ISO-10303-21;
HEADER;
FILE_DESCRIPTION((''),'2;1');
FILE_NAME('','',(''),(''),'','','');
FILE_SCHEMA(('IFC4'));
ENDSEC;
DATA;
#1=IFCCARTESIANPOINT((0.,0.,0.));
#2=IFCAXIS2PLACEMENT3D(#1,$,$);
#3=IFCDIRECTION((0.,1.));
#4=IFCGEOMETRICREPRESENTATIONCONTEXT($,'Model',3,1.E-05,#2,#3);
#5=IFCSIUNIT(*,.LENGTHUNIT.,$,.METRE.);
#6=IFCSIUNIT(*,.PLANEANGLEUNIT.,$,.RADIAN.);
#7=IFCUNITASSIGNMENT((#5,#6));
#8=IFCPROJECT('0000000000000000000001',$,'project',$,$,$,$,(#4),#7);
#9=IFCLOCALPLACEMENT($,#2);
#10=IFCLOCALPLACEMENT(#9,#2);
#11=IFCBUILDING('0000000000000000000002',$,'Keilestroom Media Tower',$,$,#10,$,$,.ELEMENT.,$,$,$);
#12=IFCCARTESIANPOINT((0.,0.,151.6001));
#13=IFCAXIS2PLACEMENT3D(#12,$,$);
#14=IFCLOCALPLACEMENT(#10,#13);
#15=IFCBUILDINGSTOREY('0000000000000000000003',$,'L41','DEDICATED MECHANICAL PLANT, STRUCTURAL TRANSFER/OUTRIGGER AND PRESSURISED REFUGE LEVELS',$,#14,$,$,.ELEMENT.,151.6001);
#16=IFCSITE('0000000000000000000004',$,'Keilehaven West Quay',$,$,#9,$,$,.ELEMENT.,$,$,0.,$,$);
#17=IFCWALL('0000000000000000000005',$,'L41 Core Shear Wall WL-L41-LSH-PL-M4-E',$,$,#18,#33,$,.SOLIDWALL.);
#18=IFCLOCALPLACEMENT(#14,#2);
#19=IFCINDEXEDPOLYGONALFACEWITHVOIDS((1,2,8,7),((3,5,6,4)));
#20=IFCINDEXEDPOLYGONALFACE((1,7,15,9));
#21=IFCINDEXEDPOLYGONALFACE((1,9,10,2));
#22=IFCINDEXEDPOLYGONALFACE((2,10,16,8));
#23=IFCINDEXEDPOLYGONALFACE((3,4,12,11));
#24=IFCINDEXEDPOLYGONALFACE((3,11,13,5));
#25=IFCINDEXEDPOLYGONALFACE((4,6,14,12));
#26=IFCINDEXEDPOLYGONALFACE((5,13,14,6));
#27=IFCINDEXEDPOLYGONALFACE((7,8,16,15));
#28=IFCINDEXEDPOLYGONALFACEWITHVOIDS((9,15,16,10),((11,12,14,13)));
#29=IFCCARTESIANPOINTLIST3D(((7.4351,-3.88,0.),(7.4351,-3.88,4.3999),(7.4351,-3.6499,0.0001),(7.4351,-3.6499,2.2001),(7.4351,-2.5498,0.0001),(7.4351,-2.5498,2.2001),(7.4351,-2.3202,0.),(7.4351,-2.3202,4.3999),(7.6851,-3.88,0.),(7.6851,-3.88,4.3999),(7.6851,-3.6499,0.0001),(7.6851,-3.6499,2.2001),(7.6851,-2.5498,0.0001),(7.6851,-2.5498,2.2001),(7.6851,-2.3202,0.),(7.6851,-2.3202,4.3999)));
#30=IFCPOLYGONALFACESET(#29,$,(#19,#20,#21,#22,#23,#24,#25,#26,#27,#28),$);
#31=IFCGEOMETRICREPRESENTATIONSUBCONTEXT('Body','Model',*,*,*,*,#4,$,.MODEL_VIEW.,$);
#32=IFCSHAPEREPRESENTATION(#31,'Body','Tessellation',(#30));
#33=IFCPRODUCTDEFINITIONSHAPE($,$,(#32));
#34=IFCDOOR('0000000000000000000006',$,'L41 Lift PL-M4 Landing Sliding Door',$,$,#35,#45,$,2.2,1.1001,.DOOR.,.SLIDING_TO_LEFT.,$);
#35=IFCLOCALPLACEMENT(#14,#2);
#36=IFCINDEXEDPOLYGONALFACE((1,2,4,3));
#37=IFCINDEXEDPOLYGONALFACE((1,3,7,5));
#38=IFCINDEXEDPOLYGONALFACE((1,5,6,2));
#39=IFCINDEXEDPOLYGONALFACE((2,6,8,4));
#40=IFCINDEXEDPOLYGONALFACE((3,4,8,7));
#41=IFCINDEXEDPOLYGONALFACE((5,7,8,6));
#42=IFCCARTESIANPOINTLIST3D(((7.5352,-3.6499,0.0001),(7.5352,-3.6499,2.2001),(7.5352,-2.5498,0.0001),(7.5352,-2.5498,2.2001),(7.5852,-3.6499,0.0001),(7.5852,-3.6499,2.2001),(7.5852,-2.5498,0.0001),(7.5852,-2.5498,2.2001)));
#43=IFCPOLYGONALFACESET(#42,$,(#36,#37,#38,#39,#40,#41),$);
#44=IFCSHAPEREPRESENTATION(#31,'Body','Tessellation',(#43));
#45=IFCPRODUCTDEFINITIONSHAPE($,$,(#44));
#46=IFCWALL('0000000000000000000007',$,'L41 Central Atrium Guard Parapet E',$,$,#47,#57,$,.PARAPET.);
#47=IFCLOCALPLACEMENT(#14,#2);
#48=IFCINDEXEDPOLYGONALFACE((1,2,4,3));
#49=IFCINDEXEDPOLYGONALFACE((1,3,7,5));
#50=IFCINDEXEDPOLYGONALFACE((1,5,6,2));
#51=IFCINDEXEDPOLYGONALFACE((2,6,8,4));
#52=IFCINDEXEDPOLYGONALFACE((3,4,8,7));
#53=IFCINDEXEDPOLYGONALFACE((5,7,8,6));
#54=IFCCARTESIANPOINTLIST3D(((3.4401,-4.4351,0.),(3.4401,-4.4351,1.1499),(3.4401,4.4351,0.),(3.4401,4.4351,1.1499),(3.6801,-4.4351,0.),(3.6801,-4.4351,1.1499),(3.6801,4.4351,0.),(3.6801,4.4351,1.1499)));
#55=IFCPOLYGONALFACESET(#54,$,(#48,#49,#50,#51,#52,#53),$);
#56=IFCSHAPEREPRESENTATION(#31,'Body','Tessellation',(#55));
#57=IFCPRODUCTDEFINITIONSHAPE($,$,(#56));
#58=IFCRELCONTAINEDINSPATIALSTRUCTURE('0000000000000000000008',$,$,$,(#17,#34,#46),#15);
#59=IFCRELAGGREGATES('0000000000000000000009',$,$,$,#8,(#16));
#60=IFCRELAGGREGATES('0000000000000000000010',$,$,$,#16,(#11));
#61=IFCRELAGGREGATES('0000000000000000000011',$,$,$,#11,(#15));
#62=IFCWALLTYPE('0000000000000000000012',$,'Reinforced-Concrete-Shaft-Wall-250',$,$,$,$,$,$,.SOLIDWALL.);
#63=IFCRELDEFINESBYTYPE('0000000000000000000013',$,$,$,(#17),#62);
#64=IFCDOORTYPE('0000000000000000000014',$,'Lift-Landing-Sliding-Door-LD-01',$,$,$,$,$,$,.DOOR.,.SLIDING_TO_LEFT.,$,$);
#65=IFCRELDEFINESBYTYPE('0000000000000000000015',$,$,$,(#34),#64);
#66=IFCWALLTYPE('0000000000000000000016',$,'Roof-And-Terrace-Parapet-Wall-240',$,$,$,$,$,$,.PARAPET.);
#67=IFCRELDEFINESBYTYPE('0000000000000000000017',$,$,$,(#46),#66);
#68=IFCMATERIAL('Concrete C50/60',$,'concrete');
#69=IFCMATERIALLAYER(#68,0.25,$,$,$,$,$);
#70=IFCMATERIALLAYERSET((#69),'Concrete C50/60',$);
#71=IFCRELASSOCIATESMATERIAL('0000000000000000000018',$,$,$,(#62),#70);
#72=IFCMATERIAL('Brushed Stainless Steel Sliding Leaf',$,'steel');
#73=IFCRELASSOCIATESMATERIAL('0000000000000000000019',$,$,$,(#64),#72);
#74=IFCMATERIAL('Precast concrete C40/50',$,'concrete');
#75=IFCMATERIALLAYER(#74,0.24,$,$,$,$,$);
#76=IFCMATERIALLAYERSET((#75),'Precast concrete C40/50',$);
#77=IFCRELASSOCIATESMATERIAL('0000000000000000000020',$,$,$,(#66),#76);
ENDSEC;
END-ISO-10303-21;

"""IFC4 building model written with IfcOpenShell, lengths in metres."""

from ifc_helpers import new_model, si_unit, direction, frame, frame_2d, origin, place, context, subcontext, project, spatial, rectangle, extrude, source, transform, mapped, material, layer, layer_set, type_object, element, fill, save


model = new_model("IFC4")

# Units and contexts
model_context = context("Model", 3, precision=1e-05, world=origin(), true_north=direction((0.0, 1.0)))
body_context = subcontext(model_context, "Body", "Model", "MODEL_VIEW")
ifc_project = project(units=[si_unit("LENGTHUNIT", "METRE"), si_unit("PLANEANGLEUNIT", "RADIAN")], contexts=[model_context])

# Site, building, storey
site_placement = place(None, origin())
site = spatial("IfcSite", under=ifc_project, at=site_placement, Name="Keilehaven West Quay", CompositionType="ELEMENT", RefElevation=0.0)
building_placement = place(site_placement, origin())
building = spatial("IfcBuilding", under=site, at=building_placement, Name="Keilestroom Media Tower", CompositionType="ELEMENT")
storey_placement = place(building_placement, frame((0.0, 0.0, 151.6001)))
storey = spatial("IfcBuildingStorey", under=building, at=storey_placement, Name="L41", Description="DEDICATED MECHANICAL PLANT, STRUCTURAL TRANSFER/OUTRIGGER AND PRESSURISED REFUGE LEVELS", CompositionType="ELEMENT", Elevation=151.6001)

# Shared definitions
ifc_material_1 = material(Name="Precast concrete C40/50", Category="concrete")

# Shared definitions
ifc_material_2 = material(Name="Concrete C50/60", Category="concrete")
ifc_layer_1 = layer(ifc_material_2, 0.25)
ifc_layer_set_1 = layer_set([ifc_layer_1], Name="Concrete C50/60")
wall_type_1 = type_object("IfcWallType", Name="Reinforced-Concrete-Shaft-Wall-250", PredefinedType="SOLIDWALL", material=ifc_layer_set_1)

# Shared definitions
ifc_material_3 = material(Name="Brushed Stainless Steel Sliding Leaf", Category="steel")

# Shared definitions
door_type_1 = type_object("IfcDoorType", Name="Lift-Landing-Sliding-Door-LD-01", OperationType="SLIDING_TO_LEFT", PredefinedType="DOOR", material=ifc_material_3)
shared_shape_1 = source(origin(), body_context, "Body", "SweptSolid", [
    extrude(rectangle(XDim=1.1001, YDim=2.2, at=frame_2d((0.55, 1.1001))), frame((0.0, 0.0249, 0.0), z_axis=(0.0, -1.0, 0.0), x_axis=(1.0, 0.0, 0.0)), (0.0, 0.0, 1.0), 0.05),
])

# Wall, opening, door
wall_1_placement = place(storey_placement, frame((7.5601, -3.8799, 0.0), z_axis=(0.0, 0.0, 1.0), x_axis=(0.0, 1.0, 0.0)))
wall_1 = element("IfcWall", 1, at=wall_1_placement, inside=storey, type_object=wall_type_1, Name="L41 Core Shear Wall WL-L41-LSH-PL-M4-E", PredefinedType="SOLIDWALL", context=body_context, shape_type="SweptSolid", body=[
    extrude(rectangle(XDim=1.5598, YDim=0.25, at=frame_2d((0.7798, 0.0))), origin(), (0.0, 0.0, 1.0), 4.3999),
])
opening_1_placement = place(wall_1_placement, frame((0.23, 0.0, 0.0)))
opening_1 = element("IfcOpeningElement", 2, at=opening_1_placement, cuts=wall_1, PredefinedType="OPENING", context=body_context, shape_type="SweptSolid", body=[
    extrude(rectangle(XDim=1.1001, YDim=2.2, at=frame_2d((0.55, 1.1001))), frame((0.0, 0.135, 0.0), z_axis=(0.0, -1.0, 0.0), x_axis=(1.0, 0.0, 0.0)), (0.0, 0.0, 1.0), 0.27),
])
door_1_placement = place(opening_1_placement, origin())
door_1 = element("IfcDoor", 3, at=door_1_placement, inside=storey, type_object=door_type_1, Name="L41 Lift PL-M4 Landing Sliding Door", OperationType="SLIDING_TO_LEFT", OverallHeight=2.2, OverallWidth=1.1001, PredefinedType="DOOR", context=body_context, shape_type="MappedRepresentation", body=[
    mapped(shared_shape_1, transform((0.0, 0.0, 0.0), x_axis=(1.0, 0.0, 0.0), y_axis=(0.0, 1.0, 0.0), z_axis=(0.0, 0.0, 1.0), scale=1.0)),
])
fill(opening_1, door_1)

# Wall
ifc_layer_2 = layer(ifc_material_1, 0.24)
ifc_layer_set_2 = layer_set([ifc_layer_2], Name="Precast concrete C40/50")
wall_type_2 = type_object("IfcWallType", Name="Roof-And-Terrace-Parapet-Wall-240", PredefinedType="PARAPET", material=ifc_layer_set_2)
wall_2_placement = place(storey_placement, frame((3.5601, -4.4351, 0.0), z_axis=(0.0, 0.0, 1.0), x_axis=(0.0, 1.0, 0.0)))
element("IfcWall", 4, at=wall_2_placement, inside=storey, type_object=wall_type_2, Name="L41 Central Atrium Guard Parapet E", PredefinedType="PARAPET", context=body_context, shape_type="SweptSolid", body=[
    extrude(rectangle(XDim=8.8701, YDim=0.24, at=frame_2d((4.4351, 0.0))), origin(), (0.0, 0.0, 1.0), 1.1499),
])

save(model, "model.ifc")
